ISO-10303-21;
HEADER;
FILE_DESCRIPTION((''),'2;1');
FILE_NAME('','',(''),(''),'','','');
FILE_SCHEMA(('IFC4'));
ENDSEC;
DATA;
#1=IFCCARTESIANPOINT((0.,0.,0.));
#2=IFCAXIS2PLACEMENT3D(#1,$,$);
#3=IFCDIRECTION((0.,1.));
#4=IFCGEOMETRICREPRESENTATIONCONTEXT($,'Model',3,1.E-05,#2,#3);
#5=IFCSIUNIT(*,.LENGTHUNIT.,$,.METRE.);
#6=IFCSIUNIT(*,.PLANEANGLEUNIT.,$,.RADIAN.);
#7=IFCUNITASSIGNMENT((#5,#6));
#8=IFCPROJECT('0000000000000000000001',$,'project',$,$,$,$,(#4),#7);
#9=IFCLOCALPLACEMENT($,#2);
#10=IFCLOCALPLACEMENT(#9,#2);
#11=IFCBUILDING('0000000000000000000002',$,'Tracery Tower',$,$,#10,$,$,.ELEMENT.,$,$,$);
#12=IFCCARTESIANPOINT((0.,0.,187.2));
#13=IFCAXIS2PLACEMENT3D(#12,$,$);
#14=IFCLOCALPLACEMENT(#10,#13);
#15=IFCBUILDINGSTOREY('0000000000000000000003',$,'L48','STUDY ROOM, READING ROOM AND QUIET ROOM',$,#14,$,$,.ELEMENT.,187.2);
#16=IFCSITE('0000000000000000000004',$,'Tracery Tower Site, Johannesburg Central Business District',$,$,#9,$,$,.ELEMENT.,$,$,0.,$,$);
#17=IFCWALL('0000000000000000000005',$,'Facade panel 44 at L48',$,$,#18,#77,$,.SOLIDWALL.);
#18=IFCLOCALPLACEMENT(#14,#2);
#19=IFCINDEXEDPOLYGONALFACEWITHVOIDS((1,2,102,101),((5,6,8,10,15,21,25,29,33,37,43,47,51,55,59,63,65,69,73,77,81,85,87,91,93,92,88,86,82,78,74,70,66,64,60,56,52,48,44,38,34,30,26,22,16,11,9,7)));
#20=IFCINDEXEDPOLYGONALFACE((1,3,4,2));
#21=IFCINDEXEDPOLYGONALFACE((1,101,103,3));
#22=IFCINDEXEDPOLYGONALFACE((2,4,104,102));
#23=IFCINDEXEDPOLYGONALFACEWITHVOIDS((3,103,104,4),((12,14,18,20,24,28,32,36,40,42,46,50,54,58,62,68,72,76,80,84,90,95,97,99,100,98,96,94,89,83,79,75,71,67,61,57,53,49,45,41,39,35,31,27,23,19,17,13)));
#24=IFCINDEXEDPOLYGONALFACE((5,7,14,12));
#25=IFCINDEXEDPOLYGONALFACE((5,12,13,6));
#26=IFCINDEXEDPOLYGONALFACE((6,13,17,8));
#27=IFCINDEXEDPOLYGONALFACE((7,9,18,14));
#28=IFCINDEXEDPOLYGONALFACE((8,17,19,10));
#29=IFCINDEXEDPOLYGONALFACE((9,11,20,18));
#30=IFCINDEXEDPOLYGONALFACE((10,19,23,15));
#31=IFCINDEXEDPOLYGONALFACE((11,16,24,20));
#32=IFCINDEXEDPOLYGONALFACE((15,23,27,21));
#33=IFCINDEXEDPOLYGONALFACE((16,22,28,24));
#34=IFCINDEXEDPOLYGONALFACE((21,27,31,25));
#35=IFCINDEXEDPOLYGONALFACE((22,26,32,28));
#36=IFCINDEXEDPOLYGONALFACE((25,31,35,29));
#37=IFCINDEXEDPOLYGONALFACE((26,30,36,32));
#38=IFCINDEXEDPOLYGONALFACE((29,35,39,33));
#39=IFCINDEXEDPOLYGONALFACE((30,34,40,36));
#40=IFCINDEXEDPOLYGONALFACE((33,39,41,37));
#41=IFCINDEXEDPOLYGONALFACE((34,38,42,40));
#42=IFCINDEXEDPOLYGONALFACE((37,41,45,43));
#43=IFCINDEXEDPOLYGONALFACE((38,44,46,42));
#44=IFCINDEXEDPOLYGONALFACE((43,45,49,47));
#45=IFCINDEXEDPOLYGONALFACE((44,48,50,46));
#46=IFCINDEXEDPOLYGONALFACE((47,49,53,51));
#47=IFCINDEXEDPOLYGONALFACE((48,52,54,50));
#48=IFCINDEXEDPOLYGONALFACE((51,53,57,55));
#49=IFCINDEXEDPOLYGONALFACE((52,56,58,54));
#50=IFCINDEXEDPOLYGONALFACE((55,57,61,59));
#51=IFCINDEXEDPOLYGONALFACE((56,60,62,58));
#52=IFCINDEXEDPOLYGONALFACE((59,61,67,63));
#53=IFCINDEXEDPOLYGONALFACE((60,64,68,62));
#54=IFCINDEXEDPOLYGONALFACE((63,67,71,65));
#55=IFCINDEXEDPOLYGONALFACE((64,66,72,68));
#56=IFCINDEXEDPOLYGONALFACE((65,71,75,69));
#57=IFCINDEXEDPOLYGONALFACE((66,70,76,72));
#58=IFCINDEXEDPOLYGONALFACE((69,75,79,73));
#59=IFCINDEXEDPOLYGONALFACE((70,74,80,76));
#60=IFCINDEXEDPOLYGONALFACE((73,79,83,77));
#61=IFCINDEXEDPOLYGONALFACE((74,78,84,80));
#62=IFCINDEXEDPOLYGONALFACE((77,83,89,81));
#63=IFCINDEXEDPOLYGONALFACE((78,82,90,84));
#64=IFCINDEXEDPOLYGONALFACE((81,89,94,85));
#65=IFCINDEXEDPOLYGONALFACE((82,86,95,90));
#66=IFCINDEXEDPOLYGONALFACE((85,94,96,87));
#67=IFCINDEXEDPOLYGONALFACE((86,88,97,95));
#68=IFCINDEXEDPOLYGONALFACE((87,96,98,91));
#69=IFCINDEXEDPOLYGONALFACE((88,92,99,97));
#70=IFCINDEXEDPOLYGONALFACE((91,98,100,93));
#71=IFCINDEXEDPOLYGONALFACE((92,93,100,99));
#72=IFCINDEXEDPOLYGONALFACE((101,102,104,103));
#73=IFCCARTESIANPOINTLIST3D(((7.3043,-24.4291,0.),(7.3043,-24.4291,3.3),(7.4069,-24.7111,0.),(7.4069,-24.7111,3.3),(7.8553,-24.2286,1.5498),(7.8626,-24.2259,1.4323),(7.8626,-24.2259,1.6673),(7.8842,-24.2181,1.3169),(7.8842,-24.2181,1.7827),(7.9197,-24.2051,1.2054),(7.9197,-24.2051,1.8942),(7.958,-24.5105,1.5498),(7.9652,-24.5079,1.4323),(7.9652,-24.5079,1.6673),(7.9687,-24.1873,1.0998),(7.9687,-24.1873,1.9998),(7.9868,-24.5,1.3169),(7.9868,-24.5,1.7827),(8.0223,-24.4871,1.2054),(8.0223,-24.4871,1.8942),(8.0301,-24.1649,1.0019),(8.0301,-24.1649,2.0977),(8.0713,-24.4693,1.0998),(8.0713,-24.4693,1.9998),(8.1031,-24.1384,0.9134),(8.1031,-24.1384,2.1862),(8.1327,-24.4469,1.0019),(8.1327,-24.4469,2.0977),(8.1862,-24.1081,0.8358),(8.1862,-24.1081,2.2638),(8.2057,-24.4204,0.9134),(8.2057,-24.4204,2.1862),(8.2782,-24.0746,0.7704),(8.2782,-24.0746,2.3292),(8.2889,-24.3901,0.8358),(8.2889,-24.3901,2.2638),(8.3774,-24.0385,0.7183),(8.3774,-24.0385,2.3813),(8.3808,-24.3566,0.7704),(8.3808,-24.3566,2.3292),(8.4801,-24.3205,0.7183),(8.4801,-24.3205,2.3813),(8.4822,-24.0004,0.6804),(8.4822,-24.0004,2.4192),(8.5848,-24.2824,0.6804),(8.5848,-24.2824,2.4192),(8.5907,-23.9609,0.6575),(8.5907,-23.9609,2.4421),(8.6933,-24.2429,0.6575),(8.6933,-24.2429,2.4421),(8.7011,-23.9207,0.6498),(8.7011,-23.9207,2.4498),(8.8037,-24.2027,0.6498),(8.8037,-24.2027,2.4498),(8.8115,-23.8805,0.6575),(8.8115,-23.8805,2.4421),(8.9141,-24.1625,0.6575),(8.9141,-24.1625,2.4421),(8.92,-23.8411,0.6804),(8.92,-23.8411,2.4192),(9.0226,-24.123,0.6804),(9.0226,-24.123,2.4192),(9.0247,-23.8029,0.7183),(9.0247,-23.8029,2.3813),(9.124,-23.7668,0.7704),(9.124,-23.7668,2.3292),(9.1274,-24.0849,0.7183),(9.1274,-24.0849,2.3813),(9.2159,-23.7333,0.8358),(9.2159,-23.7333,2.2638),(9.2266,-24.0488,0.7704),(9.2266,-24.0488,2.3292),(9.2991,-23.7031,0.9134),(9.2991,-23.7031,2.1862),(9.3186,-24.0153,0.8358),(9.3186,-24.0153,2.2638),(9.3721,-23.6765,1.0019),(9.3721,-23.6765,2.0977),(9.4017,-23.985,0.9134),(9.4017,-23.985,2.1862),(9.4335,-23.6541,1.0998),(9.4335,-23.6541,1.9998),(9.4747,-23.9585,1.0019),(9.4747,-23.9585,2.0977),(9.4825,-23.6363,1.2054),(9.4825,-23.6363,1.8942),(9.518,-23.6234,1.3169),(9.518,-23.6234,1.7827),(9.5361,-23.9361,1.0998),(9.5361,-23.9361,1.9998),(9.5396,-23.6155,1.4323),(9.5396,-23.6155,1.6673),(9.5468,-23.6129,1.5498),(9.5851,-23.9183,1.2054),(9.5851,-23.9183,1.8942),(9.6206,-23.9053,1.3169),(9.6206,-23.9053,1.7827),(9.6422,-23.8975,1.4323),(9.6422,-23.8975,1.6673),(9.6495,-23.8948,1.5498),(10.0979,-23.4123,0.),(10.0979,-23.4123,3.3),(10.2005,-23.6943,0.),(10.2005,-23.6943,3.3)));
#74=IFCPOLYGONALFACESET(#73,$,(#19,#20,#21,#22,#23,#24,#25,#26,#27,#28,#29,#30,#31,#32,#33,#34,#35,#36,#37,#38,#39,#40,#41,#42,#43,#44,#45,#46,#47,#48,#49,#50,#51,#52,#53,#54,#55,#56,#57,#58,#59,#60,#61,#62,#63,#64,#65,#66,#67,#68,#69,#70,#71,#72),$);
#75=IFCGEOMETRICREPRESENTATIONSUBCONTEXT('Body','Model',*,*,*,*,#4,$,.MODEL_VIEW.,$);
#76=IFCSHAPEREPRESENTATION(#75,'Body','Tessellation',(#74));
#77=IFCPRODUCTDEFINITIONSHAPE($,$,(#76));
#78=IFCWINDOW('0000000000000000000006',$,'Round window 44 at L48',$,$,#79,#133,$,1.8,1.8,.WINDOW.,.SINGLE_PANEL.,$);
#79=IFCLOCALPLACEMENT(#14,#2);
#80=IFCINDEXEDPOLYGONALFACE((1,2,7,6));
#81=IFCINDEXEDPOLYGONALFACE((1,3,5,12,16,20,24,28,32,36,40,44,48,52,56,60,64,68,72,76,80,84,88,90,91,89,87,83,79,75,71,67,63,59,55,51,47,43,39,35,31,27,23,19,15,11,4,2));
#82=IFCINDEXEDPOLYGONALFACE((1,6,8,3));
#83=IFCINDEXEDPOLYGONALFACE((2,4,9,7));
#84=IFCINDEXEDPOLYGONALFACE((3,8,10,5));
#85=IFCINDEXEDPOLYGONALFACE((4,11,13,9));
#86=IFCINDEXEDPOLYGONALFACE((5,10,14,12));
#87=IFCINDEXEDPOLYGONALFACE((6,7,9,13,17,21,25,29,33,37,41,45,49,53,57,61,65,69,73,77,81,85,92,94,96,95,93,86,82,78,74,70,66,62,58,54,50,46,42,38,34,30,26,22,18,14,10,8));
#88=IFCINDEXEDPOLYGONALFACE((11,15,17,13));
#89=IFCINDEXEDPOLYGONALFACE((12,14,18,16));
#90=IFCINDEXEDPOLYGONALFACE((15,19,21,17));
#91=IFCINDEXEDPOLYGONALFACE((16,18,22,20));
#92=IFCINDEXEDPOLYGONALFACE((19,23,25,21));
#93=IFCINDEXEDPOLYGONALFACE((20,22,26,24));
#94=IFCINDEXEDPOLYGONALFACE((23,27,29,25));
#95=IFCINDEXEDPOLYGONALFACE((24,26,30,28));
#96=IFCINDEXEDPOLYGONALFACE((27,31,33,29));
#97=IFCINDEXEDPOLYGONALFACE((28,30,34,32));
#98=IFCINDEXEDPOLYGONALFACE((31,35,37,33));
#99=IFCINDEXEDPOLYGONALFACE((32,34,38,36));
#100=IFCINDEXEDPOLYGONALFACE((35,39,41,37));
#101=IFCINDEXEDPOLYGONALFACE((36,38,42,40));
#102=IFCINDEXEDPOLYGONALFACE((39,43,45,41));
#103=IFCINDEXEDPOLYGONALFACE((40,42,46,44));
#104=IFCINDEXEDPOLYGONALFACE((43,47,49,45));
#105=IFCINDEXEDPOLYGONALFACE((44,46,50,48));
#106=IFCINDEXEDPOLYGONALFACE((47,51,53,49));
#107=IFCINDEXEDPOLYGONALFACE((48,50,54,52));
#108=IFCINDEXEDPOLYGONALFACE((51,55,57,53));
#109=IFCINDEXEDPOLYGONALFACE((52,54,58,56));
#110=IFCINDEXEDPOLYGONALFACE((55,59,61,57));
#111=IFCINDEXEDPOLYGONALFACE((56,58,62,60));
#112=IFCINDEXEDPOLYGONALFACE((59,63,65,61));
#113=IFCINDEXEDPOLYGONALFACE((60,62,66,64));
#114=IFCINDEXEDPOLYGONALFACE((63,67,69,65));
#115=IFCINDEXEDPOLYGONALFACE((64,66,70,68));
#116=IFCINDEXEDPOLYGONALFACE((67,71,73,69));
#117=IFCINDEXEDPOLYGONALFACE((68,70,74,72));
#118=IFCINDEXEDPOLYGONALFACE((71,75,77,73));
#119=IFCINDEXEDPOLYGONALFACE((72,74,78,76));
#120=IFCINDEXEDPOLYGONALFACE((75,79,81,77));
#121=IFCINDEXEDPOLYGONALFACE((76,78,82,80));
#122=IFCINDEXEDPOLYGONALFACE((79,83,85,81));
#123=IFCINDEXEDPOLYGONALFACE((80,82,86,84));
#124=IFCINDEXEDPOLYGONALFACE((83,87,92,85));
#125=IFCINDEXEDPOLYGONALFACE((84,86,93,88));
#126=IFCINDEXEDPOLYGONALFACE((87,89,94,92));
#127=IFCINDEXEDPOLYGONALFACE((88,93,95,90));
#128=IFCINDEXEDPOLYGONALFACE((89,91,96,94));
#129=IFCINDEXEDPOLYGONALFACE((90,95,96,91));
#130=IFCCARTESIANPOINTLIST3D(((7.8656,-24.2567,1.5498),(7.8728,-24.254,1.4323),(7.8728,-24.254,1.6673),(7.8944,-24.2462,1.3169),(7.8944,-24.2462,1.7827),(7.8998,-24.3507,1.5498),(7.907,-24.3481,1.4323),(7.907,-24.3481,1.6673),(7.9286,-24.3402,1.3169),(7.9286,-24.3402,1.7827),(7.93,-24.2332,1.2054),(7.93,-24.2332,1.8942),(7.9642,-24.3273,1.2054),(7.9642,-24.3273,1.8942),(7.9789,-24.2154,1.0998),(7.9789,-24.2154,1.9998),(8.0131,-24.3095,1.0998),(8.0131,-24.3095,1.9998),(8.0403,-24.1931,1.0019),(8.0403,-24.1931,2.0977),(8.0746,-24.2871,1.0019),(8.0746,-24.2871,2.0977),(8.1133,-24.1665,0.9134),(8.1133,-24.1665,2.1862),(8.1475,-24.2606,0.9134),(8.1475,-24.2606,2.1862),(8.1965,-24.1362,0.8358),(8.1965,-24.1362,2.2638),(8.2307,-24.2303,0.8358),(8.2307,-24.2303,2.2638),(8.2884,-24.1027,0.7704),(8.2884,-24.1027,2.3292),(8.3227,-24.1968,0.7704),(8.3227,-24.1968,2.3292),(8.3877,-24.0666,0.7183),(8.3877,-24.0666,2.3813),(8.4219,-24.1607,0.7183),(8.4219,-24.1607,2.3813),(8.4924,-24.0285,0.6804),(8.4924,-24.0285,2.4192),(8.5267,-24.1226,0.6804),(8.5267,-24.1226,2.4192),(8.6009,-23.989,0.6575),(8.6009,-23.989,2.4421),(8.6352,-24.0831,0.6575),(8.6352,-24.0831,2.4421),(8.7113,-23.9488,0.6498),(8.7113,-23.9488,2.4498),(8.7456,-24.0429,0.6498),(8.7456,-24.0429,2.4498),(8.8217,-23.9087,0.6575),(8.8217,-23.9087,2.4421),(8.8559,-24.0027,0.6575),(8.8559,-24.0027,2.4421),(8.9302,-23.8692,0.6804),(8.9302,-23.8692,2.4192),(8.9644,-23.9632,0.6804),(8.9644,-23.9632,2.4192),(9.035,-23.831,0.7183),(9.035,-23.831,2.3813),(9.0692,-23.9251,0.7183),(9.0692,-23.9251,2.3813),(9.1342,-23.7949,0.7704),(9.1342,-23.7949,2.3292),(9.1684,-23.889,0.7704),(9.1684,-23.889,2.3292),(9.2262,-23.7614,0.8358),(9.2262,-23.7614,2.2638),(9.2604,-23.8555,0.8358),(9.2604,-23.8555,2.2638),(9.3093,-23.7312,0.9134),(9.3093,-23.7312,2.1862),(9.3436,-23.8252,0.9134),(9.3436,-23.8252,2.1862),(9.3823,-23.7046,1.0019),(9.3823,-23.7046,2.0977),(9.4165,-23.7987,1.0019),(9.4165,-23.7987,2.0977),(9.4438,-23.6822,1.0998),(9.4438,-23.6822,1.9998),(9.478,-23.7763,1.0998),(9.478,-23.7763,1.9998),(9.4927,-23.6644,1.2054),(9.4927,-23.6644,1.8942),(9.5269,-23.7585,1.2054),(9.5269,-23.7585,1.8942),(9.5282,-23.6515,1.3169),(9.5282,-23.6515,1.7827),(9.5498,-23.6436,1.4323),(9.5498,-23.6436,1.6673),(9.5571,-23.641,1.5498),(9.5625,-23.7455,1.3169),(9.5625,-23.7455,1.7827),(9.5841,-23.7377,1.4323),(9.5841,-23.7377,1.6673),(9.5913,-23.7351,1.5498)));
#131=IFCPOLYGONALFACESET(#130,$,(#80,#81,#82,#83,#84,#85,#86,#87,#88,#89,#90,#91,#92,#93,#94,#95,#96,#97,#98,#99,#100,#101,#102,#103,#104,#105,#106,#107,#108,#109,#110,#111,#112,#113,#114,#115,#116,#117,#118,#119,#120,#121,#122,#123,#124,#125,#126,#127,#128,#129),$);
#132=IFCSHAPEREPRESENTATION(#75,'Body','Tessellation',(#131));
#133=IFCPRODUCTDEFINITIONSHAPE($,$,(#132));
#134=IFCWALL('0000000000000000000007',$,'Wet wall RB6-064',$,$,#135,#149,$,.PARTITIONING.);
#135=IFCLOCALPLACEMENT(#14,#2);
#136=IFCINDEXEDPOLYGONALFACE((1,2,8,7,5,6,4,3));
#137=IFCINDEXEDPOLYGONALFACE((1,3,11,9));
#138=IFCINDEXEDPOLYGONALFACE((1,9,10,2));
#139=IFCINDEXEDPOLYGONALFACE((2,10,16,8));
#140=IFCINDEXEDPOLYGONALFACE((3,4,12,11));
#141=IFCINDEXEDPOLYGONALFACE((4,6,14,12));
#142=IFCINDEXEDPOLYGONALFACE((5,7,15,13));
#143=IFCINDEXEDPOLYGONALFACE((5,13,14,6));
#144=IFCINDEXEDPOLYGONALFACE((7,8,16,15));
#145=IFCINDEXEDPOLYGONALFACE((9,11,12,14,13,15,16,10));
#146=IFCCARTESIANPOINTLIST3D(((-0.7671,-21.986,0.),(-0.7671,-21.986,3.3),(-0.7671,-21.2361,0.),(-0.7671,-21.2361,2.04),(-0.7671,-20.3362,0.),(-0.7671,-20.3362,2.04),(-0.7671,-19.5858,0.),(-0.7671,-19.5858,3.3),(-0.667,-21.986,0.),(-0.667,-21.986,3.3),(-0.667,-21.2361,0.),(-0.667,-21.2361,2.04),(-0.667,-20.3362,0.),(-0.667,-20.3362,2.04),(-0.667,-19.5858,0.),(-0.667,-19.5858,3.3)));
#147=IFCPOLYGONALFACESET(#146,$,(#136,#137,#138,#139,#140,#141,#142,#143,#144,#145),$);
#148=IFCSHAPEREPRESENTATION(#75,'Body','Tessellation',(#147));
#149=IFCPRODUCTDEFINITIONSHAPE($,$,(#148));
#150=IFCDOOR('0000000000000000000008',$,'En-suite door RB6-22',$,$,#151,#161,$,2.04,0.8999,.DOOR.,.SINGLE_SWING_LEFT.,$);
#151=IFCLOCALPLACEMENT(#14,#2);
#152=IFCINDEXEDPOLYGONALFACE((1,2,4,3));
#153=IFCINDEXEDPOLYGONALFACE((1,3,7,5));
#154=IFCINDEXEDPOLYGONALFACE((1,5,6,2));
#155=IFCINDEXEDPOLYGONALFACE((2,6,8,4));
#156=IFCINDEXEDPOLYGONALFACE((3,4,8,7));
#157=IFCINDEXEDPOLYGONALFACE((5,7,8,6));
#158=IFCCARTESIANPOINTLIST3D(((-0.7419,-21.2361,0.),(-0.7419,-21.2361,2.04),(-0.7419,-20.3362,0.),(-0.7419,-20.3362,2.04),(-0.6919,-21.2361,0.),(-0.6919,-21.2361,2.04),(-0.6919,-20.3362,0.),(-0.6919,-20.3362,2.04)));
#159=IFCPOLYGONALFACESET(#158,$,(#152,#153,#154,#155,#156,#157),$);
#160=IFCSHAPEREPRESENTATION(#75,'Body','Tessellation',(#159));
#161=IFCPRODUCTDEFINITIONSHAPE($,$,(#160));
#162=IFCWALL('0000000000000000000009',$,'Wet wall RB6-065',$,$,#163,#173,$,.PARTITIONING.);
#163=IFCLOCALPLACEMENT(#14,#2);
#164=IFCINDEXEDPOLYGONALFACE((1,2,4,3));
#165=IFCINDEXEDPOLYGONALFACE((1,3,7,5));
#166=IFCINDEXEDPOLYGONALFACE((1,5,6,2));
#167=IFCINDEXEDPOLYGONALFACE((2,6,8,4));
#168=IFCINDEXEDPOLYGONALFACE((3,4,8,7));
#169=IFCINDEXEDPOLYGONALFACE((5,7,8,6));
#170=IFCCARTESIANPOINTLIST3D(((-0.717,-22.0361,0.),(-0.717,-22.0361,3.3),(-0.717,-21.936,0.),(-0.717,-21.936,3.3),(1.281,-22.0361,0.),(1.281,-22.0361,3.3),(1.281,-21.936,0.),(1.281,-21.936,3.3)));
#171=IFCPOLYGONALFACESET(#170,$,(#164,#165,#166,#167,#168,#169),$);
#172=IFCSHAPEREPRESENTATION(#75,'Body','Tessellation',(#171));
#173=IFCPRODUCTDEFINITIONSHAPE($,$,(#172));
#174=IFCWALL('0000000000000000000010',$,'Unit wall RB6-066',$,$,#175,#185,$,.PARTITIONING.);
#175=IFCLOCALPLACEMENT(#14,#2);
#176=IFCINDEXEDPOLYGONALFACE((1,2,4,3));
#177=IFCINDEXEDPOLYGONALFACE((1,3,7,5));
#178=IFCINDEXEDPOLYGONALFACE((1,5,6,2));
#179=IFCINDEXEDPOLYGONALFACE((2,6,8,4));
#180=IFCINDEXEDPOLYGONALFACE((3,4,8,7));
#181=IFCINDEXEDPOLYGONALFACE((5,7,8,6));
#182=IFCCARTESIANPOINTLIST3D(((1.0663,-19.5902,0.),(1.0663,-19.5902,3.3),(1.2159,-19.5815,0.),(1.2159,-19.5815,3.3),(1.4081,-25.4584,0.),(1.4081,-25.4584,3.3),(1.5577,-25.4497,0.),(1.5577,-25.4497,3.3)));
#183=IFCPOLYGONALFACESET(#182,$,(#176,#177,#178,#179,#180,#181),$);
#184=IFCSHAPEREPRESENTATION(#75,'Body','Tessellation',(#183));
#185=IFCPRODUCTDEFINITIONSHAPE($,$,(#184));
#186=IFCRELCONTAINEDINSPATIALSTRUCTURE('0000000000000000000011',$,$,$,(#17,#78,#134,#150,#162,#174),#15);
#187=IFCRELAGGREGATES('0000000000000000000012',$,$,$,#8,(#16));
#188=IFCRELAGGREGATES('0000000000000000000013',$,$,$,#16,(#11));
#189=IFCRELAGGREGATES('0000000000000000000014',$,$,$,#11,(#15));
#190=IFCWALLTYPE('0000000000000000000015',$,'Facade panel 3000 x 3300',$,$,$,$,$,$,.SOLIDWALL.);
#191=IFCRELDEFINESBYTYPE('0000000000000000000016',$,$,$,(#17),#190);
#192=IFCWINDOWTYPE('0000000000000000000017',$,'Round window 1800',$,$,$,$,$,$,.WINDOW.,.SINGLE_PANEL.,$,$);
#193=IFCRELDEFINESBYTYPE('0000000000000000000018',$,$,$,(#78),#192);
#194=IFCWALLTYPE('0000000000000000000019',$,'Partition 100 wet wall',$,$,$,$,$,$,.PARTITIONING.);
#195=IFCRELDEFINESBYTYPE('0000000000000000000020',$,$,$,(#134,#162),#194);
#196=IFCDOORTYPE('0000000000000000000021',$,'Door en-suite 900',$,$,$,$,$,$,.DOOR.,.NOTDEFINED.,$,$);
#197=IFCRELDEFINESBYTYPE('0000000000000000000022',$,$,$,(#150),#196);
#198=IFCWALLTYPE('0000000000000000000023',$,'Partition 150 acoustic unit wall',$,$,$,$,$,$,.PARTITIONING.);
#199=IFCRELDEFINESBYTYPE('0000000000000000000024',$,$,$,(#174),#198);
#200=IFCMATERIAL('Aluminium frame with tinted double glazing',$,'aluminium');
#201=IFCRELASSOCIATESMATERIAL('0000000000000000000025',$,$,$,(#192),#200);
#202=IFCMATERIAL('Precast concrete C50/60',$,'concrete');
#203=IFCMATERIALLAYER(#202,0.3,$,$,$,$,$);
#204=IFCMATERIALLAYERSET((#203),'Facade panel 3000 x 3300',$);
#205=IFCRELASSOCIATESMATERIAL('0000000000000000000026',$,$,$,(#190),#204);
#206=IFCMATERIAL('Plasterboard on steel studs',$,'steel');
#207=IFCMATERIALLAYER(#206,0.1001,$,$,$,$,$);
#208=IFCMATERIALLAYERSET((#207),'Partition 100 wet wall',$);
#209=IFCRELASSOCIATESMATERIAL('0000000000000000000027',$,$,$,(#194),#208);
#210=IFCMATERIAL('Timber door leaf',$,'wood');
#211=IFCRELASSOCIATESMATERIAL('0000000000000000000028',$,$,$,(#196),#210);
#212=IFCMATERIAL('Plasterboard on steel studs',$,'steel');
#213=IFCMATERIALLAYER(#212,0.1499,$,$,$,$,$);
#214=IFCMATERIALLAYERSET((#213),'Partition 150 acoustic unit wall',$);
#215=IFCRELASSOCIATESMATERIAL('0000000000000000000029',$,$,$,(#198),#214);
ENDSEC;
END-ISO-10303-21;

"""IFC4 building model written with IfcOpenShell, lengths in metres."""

from ifc_helpers import new_model, si_unit, direction, frame, frame_2d, origin, origin_2d, place, context, subcontext, project, spatial, rectangle, circle, extrude, material, layer, layer_set, type_object, element, fill, save


model = new_model("IFC4")

# Units and contexts
model_context = context("Model", 3, precision=1e-05, world=origin(), true_north=direction((0.0, 1.0)))
body_context = subcontext(model_context, "Body", "Model", "MODEL_VIEW")
ifc_project = project(units=[si_unit("LENGTHUNIT", "METRE"), si_unit("PLANEANGLEUNIT", "RADIAN")], contexts=[model_context])

# Site, building, storey
site_placement = place(None, origin())
site = spatial("IfcSite", under=ifc_project, at=site_placement, Name="Tracery Tower Site, Johannesburg Central Business District", CompositionType="ELEMENT", RefElevation=0.0)
building_placement = place(site_placement, origin())
building = spatial("IfcBuilding", under=site, at=building_placement, Name="Tracery Tower", CompositionType="ELEMENT")
storey_placement = place(building_placement, frame((0.0, 0.0, 187.2)))
storey = spatial("IfcBuildingStorey", under=building, at=storey_placement, Name="L48", Description="STUDY ROOM, READING ROOM AND QUIET ROOM", CompositionType="ELEMENT", Elevation=187.2)

# Wall, opening, window
ifc_material_1 = material(Name="Aluminium frame with tinted double glazing", Category="aluminium")
window_type = type_object("IfcWindowType", Name="Round window 1800", PartitioningType="SINGLE_PANEL", PredefinedType="WINDOW", material=ifc_material_1)
ifc_material_2 = material(Name="Precast concrete C50/60", Category="concrete")
ifc_layer_1 = layer(ifc_material_2, 0.3)
ifc_layer_set_1 = layer_set([ifc_layer_1], Name="Facade panel 3000 x 3300")
wall_type_1 = type_object("IfcWallType", Name="Facade panel 3000 x 3300", PredefinedType="SOLIDWALL", material=ifc_layer_set_1)
wall_1_placement = place(storey_placement, frame((7.3557, -24.5701, 0.0), z_axis=(0.0, 0.0, 1.0), x_axis=(0.93969, 0.342027, 0.0)))
wall_1 = element("IfcWall", 1, at=wall_1_placement, inside=storey, type_object=wall_type_1, Name="Facade panel 44 at L48", PredefinedType="SOLIDWALL", context=body_context, shape_type="SweptSolid", body=[
    extrude(rectangle(XDim=2.9729, YDim=0.3, at=frame_2d((1.4863, 0.0))), origin(), (0.0, 0.0, 1.0), 3.3),
])
opening_1_placement = place(wall_1_placement, frame((1.4863, 0.0, 1.5498)))
opening_1 = element("IfcOpeningElement", 2, at=opening_1_placement, cuts=wall_1, PredefinedType="OPENING", context=body_context, shape_type="SweptSolid", body=[
    extrude(circle(Radius=0.9, at=origin_2d()), frame((0.0, 0.1599, 0.0), z_axis=(0.0, -1.0, 0.0), x_axis=(1.0, 0.0, 0.0)), (0.0, 0.0, 1.0), 0.3201),
])
window_1_placement = place(opening_1_placement, origin())
window_1 = element("IfcWindow", 3, at=window_1_placement, inside=storey, type_object=window_type, Name="Round window 44 at L48", OverallHeight=1.8, OverallWidth=1.8, PartitioningType="SINGLE_PANEL", PredefinedType="WINDOW", context=body_context, shape_type="SweptSolid", body=[
    extrude(circle(Radius=0.9, at=origin_2d()), frame((0.0, 0.1201, 0.0), z_axis=(0.0, -1.0, 0.0), x_axis=(1.0, 0.0, 0.0)), (0.0, 0.0, 1.0), 0.1001),
])
fill(opening_1, window_1)

# Wall, opening, door
ifc_material_3 = material(Name="Plasterboard on steel studs", Category="steel")
ifc_layer_2 = layer(ifc_material_3, 0.1001)
ifc_layer_set_2 = layer_set([ifc_layer_2], Name="Partition 100 wet wall")
wall_type_2 = type_object("IfcWallType", Name="Partition 100 wet wall", PredefinedType="PARTITIONING", material=ifc_layer_set_2)
wall_2_placement = place(storey_placement, frame((-0.717, -21.9861, 0.0), z_axis=(0.0, 0.0, 1.0), x_axis=(0.0, 1.0, 0.0)))
wall_2 = element("IfcWall", 4, at=wall_2_placement, inside=storey, type_object=wall_type_2, Name="Wet wall RB6-064", PredefinedType="PARTITIONING", context=body_context, shape_type="SweptSolid", body=[
    extrude(rectangle(XDim=2.4001, YDim=0.1001, at=frame_2d((1.2002, 0.0))), origin(), (0.0, 0.0, 1.0), 3.3),
])
opening_2_placement = place(wall_2_placement, frame((0.75, 0.0, 0.0)))
opening_2 = element("IfcOpeningElement", 5, at=opening_2_placement, cuts=wall_2, PredefinedType="OPENING", context=body_context, shape_type="SweptSolid", body=[
    extrude(rectangle(XDim=0.8999, YDim=2.04, at=frame_2d((0.45, 1.02))), frame((0.0, 0.05, 0.0), z_axis=(0.0, -1.0, 0.0), x_axis=(1.0, 0.0, 0.0)), (0.0, 0.0, 1.0), 0.1001),
])
ifc_material_4 = material(Name="Timber door leaf", Category="wood")
door_type_1 = type_object("IfcDoorType", Name="Door en-suite 900", OperationType="NOTDEFINED", PredefinedType="DOOR", material=ifc_material_4)
door_1_placement = place(opening_2_placement, origin())
door_1 = element("IfcDoor", 6, at=door_1_placement, inside=storey, type_object=door_type_1, Name="En-suite door RB6-22", OperationType="SINGLE_SWING_LEFT", OverallHeight=2.04, OverallWidth=0.8999, PredefinedType="DOOR", context=body_context, shape_type="SweptSolid", body=[
    extrude(rectangle(XDim=0.8999, YDim=2.04, at=frame_2d((0.45, 1.02))), frame((0.0, 0.0249, 0.0), z_axis=(0.0, -1.0, 0.0), x_axis=(1.0, 0.0, 0.0)), (0.0, 0.0, 1.0), 0.05),
])
fill(opening_2, door_1)

# Walls
wall_3_placement = place(storey_placement, frame((-0.717, -21.9861, 0.0), z_axis=(0.0, 0.0, 1.0), x_axis=(1.0, 0.0, 0.0)))
element("IfcWall", 7, at=wall_3_placement, inside=storey, type_object=wall_type_2, Name="Wet wall RB6-065", PredefinedType="PARTITIONING", context=body_context, shape_type="SweptSolid", body=[
    extrude(rectangle(XDim=1.998, YDim=0.1001, at=frame_2d((0.999, 0.0))), origin(), (0.0, 0.0, 1.0), 3.3),
])
ifc_material_5 = material(Name="Plasterboard on steel studs", Category="steel")
ifc_layer_3 = layer(ifc_material_5, 0.1499)
ifc_layer_set_3 = layer_set([ifc_layer_3], Name="Partition 150 acoustic unit wall")
wall_type_3 = type_object("IfcWallType", Name="Partition 150 acoustic unit wall", PredefinedType="PARTITIONING", material=ifc_layer_set_3)
wall_4_placement = place(storey_placement, frame((1.1411, -19.5859, 0.0), z_axis=(0.0, 0.0, 1.0), x_axis=(0.058147, -0.998308, 0.0)))
element("IfcWall", 8, at=wall_4_placement, inside=storey, type_object=wall_type_3, Name="Unit wall RB6-066", PredefinedType="PARTITIONING", context=body_context, shape_type="SweptSolid", body=[
    extrude(rectangle(XDim=5.8782, YDim=0.1499, at=frame_2d((2.939, 0.0))), origin(), (0.0, 0.0, 1.0), 3.3),
])

save(model, "model.ifc")
